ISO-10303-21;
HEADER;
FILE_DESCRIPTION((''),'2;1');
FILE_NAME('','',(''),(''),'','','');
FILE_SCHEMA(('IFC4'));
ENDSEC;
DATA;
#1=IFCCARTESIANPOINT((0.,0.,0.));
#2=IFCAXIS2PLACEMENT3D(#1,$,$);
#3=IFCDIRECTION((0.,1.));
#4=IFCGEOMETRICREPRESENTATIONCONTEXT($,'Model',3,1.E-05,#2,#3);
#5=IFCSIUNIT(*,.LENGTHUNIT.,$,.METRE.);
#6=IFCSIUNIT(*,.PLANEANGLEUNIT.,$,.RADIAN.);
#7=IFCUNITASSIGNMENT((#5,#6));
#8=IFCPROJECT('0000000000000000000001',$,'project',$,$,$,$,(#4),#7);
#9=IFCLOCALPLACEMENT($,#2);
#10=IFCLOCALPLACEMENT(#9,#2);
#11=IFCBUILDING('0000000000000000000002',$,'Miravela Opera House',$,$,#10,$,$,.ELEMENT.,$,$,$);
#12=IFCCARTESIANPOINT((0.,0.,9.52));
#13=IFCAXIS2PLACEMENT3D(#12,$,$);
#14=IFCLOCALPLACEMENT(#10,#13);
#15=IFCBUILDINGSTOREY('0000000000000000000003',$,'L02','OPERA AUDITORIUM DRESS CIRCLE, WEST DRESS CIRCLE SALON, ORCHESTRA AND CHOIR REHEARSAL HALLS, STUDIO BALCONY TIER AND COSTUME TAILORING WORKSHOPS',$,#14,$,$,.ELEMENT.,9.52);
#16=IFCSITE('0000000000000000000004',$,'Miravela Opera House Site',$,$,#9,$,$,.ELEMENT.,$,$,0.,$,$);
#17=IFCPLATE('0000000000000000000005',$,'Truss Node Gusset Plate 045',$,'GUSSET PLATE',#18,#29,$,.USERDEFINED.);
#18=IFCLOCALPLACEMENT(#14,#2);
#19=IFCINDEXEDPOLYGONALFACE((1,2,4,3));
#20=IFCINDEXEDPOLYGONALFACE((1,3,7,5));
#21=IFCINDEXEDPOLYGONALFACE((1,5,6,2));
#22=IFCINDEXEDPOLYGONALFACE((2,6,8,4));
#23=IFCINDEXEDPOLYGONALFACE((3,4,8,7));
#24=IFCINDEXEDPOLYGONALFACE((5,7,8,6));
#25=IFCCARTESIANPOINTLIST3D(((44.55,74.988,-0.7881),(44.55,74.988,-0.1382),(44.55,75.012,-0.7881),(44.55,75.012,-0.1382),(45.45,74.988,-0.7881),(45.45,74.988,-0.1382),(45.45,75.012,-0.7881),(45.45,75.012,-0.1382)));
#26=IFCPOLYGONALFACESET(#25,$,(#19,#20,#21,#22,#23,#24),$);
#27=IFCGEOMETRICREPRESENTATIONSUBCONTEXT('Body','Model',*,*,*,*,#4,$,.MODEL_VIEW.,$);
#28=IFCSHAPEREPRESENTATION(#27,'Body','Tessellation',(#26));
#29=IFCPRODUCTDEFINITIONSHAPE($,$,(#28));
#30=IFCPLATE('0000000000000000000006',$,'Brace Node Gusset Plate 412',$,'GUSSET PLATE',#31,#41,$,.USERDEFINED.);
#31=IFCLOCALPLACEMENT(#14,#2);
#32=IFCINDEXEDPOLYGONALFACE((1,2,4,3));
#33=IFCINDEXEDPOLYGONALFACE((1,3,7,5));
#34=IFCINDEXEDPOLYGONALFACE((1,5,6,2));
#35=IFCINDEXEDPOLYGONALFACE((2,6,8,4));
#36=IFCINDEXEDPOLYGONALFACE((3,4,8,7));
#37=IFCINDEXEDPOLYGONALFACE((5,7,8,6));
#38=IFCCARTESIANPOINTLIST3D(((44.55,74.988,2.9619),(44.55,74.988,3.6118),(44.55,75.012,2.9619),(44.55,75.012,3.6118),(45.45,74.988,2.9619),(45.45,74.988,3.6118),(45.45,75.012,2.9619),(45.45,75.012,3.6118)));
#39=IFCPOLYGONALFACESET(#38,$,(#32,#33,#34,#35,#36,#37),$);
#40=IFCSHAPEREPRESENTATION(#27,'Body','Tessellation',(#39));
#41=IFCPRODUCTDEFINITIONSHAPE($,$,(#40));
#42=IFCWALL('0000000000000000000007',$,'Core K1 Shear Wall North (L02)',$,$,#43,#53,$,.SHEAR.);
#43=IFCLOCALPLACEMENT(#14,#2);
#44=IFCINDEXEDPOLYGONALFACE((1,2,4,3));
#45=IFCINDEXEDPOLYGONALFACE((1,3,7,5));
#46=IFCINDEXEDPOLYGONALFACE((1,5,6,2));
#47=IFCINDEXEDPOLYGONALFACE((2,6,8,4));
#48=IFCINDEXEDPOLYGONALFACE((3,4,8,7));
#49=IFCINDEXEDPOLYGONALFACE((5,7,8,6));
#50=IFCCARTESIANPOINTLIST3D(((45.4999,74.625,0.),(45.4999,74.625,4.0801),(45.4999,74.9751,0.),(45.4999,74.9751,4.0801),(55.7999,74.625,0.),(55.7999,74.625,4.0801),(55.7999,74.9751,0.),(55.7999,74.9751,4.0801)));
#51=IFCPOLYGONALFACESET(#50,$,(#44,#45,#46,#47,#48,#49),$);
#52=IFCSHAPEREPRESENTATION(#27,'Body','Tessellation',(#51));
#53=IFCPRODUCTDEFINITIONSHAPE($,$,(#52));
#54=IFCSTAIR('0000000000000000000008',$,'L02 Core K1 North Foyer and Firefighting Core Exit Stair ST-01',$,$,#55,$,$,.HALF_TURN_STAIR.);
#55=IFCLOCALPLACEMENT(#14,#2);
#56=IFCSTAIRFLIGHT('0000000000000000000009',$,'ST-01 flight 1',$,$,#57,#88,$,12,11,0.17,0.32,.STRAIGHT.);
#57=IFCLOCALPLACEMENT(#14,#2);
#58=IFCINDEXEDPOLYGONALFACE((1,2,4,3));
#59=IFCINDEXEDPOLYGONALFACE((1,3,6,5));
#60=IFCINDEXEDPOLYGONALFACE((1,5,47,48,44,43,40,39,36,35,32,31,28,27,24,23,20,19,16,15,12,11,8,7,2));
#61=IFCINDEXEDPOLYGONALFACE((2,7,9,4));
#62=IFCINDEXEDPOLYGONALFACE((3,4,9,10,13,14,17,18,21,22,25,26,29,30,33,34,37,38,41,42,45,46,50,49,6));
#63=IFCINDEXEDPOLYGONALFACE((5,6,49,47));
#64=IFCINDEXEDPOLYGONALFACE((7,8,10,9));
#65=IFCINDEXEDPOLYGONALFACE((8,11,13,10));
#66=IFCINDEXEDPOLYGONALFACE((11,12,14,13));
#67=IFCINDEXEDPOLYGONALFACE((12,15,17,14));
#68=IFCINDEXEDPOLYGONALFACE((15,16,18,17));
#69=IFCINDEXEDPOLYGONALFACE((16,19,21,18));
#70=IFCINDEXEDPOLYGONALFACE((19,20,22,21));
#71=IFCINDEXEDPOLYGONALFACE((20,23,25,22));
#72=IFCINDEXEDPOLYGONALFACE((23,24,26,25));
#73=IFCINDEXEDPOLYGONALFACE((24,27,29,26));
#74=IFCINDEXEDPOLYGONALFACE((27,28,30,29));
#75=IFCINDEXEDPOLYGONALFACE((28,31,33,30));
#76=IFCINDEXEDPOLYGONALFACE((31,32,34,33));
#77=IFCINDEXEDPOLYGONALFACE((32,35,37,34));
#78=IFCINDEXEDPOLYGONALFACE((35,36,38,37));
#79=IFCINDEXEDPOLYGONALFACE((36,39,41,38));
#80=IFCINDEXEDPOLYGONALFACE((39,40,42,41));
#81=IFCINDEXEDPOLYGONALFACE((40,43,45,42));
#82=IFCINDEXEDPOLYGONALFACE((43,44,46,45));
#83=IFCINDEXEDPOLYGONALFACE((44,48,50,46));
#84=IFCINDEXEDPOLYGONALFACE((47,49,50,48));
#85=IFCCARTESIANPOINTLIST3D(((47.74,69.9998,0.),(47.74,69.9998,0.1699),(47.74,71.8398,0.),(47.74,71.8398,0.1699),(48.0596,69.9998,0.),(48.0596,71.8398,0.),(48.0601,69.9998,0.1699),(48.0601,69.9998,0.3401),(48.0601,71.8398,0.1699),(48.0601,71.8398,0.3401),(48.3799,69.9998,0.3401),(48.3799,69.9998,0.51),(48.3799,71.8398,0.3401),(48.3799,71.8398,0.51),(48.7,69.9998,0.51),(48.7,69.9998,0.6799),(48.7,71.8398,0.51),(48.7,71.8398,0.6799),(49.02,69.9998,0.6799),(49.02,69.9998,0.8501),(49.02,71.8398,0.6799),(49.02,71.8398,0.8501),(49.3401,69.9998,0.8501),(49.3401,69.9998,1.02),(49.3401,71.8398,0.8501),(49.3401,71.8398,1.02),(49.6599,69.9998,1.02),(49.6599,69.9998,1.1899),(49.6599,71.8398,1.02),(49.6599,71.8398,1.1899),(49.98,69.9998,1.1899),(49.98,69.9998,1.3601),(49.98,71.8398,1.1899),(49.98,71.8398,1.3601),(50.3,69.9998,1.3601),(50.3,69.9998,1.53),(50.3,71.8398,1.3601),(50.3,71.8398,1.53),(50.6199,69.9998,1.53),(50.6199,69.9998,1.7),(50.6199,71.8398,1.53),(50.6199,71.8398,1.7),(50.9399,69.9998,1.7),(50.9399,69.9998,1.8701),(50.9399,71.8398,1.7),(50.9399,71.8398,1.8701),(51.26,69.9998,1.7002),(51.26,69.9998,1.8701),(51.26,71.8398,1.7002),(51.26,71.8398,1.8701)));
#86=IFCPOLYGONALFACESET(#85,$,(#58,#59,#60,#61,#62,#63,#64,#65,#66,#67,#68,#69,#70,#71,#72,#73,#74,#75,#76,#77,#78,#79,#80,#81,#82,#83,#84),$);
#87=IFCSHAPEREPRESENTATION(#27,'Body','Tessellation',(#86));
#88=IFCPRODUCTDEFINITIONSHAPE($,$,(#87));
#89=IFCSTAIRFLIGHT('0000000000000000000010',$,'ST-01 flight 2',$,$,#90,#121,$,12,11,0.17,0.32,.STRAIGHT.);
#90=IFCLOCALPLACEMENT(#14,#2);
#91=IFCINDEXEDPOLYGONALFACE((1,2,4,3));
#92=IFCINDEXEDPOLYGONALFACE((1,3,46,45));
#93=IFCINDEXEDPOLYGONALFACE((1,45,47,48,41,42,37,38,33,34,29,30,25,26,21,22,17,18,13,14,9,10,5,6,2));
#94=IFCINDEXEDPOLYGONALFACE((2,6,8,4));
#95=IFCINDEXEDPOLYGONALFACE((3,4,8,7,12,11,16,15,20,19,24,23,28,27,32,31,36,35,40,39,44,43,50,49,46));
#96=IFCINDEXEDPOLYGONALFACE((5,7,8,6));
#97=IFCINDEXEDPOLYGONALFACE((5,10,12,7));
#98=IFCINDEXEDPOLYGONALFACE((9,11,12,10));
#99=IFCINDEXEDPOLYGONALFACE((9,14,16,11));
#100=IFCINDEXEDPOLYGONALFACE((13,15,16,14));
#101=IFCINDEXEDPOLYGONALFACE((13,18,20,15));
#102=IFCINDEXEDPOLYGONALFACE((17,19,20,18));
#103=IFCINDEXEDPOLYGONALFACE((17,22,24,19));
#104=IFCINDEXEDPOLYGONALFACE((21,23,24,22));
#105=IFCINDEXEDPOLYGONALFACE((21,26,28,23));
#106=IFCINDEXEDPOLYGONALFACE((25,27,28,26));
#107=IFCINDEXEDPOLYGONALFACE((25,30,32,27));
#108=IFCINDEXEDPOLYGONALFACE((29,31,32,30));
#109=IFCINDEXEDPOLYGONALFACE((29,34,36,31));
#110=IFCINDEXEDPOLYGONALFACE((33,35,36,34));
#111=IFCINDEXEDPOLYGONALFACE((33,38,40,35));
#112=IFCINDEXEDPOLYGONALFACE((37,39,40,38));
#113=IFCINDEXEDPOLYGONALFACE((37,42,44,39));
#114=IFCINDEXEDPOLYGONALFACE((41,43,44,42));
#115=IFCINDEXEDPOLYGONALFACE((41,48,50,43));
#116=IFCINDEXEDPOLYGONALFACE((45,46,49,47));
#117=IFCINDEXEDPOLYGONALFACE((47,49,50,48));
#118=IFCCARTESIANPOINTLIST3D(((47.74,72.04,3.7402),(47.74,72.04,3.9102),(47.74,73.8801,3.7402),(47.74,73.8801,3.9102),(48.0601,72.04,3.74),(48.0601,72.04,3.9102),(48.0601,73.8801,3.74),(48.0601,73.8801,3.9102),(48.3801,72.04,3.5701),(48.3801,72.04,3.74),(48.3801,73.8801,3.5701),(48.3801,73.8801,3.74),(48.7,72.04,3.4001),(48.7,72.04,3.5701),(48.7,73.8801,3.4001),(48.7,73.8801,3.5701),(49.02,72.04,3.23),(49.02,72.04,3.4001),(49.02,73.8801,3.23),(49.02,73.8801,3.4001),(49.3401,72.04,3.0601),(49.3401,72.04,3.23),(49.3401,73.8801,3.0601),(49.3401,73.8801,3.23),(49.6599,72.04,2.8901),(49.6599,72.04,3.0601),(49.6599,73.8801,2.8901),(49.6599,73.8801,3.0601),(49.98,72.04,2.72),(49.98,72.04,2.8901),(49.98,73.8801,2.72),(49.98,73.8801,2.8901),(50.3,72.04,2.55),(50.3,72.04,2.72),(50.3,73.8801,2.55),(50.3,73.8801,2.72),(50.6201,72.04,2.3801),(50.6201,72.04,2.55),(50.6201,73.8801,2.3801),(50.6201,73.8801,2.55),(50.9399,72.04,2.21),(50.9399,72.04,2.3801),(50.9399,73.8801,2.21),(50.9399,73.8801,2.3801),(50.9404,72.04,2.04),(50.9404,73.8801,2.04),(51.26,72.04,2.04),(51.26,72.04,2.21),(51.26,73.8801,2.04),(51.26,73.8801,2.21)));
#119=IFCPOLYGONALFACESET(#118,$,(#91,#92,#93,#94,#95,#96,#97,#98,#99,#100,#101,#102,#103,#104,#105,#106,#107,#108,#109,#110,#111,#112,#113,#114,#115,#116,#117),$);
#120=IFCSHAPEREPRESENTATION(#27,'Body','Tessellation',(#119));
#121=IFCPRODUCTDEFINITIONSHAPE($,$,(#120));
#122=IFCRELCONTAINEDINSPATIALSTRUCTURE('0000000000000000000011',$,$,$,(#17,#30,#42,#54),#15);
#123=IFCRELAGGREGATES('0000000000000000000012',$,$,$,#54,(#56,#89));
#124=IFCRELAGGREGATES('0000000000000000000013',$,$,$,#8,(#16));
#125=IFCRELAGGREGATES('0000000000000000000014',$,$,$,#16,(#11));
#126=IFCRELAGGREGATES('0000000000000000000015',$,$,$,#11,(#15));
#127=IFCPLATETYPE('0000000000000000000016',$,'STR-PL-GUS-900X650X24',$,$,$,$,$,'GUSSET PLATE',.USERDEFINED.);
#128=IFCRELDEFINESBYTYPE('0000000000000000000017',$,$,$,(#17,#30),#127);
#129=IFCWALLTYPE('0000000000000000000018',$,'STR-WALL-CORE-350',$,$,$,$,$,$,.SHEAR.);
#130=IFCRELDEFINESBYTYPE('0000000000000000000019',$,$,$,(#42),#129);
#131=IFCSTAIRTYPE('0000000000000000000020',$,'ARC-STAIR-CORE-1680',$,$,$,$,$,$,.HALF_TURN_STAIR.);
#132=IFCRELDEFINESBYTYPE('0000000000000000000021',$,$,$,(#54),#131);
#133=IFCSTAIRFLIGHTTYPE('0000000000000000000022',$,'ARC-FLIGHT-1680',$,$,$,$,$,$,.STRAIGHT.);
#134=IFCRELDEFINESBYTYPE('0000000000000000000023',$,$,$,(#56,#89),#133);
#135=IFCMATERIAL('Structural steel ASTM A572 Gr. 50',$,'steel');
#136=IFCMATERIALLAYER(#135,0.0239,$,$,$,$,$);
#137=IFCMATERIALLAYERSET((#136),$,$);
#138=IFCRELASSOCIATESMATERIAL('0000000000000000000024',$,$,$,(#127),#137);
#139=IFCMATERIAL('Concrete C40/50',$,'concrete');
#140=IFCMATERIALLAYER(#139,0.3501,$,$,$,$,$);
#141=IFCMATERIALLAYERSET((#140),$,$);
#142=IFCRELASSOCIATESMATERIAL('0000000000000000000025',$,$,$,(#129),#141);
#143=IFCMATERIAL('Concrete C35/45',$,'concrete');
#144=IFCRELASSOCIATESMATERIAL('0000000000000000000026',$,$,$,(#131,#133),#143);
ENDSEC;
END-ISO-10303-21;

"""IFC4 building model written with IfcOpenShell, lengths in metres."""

from ifc_helpers import new_model, si_unit, direction, frame, frame_2d, origin, origin_2d, place, context, subcontext, project, spatial, polyline, rectangle, outline, extrude, material, layer, layer_set, type_object, element, aggregate, save


model = new_model("IFC4")

# Units and contexts
model_context = context("Model", 3, precision=1e-05, world=origin(), true_north=direction((0.0, 1.0)))
body_context = subcontext(model_context, "Body", "Model", "MODEL_VIEW")
ifc_project = project(units=[si_unit("LENGTHUNIT", "METRE"), si_unit("PLANEANGLEUNIT", "RADIAN")], contexts=[model_context])

# Site, building, storey
site_placement = place(None, origin())
site = spatial("IfcSite", under=ifc_project, at=site_placement, Name="Miravela Opera House Site", CompositionType="ELEMENT", RefElevation=0.0)
building_placement = place(site_placement, origin())
building = spatial("IfcBuilding", under=site, at=building_placement, Name="Miravela Opera House", CompositionType="ELEMENT")
storey_placement = place(building_placement, frame((0.0, 0.0, 9.52)))
storey = spatial("IfcBuildingStorey", under=building, at=storey_placement, Name="L02", Description="OPERA AUDITORIUM DRESS CIRCLE, WEST DRESS CIRCLE SALON, ORCHESTRA AND CHOIR REHEARSAL HALLS, STUDIO BALCONY TIER AND COSTUME TAILORING WORKSHOPS", CompositionType="ELEMENT", Elevation=9.52)

# Shared definitions
ifc_material_1 = material(Name="Concrete C35/45", Category="concrete")

# Shared definitions
ifc_material_2 = material(Name="Concrete C40/50", Category="concrete")

# Plates
ifc_material_3 = material(Name="Structural steel ASTM A572 Gr. 50", Category="steel")
ifc_layer_1 = layer(ifc_material_3, 0.0239)
ifc_layer_set_1 = layer_set([ifc_layer_1])
plate_type = type_object("IfcPlateType", Name="STR-PL-GUS-900X650X24", ElementType="GUSSET PLATE", PredefinedType="USERDEFINED", material=ifc_layer_set_1)
for number, where, z_axis, x_axis, name in (
    (1, (45.0, 75.0, -0.7881), (0.0, 0.0, 1.0), (1.0, 0.0, 0.0), "Truss Node Gusset Plate 045"),
    (2, (45.0, 75.0, 2.9619), (0.0, 0.0, 1.0), (1.0, 0.0, 0.0), "Brace Node Gusset Plate 412"),
):
    element("IfcPlate", number, at=place(storey_placement, frame(where, z_axis=z_axis, x_axis=x_axis)), inside=storey, type_object=plate_type, Name=name, ObjectType="GUSSET PLATE", PredefinedType="USERDEFINED", context=body_context, shape_type="SweptSolid", body=[
        extrude(rectangle(XDim=0.8999, YDim=0.0239, at=origin_2d()), origin(), (0.0, 0.0, 1.0), 0.6499),
    ])

# Wall
ifc_layer_2 = layer(ifc_material_2, 0.3501)
ifc_layer_set_2 = layer_set([ifc_layer_2])
wall_type = type_object("IfcWallType", Name="STR-WALL-CORE-350", PredefinedType="SHEAR", material=ifc_layer_set_2)
wall_placement = place(storey_placement, frame((45.5, 74.8, 0.0), z_axis=(0.0, 0.0, 1.0), x_axis=(1.0, 0.0, 0.0)))
element("IfcWall", 3, at=wall_placement, inside=storey, type_object=wall_type, Name="Core K1 Shear Wall North (L02)", PredefinedType="SHEAR", context=body_context, shape_type="SweptSolid", body=[
    extrude(rectangle(XDim=10.3, YDim=0.3501, at=frame_2d((5.1499, 0.0))), origin(), (0.0, 0.0, 1.0), 4.0801),
])

# Stair, stair flights
stair_type = type_object("IfcStairType", Name="ARC-STAIR-CORE-1680", PredefinedType="HALF_TURN_STAIR", material=ifc_material_1)
stair_placement = place(storey_placement, origin())
stair = element("IfcStair", 4, at=stair_placement, inside=storey, type_object=stair_type, Name="L02 Core K1 North Foyer and Firefighting Core Exit Stair ST-01", PredefinedType="HALF_TURN_STAIR")
stair_flight_type = type_object("IfcStairFlightType", Name="ARC-FLIGHT-1680", PredefinedType="STRAIGHT", material=ifc_material_1)
stair_flight_1_placement = place(storey_placement, frame((47.74, 70.9199, 0.0), z_axis=(0.0, 0.0, 1.0), x_axis=(1.0, 0.0, 0.0)))
stair_flight_1 = element("IfcStairFlight", 5, at=stair_flight_1_placement, type_object=stair_flight_type, Name="ST-01 flight 1", NumberOfRisers=12, NumberOfTreads=11, PredefinedType="STRAIGHT", RiserHeight=0.17, TreadLength=0.32, context=body_context, shape_type="SweptSolid", body=[
    extrude(outline(polyline([(0.0, 0.0), (0.0, 0.1699), (0.3201, 0.1699), (0.3201, 0.3401), (0.6399, 0.3401), (0.6399, 0.51), (0.96, 0.51), (0.96, 0.6799), (1.28, 0.6799), (1.28, 0.8501), (1.6001, 0.8501), (1.6001, 1.02), (1.9199, 1.02), (1.9199, 1.1899), (2.24, 1.1899), (2.24, 1.3601), (2.5601, 1.3601), (2.5601, 1.53), (2.8799, 1.53), (2.8799, 1.7), (3.2, 1.7), (3.2, 1.8701), (3.52, 1.8701), (3.52, 2.04), (3.52, 1.7002), (0.3196, 0.0), (0.0, 0.0)])), frame((0.0, 0.9199, 0.0), z_axis=(0.0, -1.0, 0.0), x_axis=(1.0, 0.0, 0.0)), (0.0, 0.0, 1.0), 1.8401),
])
stair_flight_2_placement = place(storey_placement, frame((51.26, 72.96, 2.04), z_axis=(0.0, 0.0, 1.0), x_axis=(-1.0, 0.0, 0.0)))
stair_flight_2 = element("IfcStairFlight", 6, at=stair_flight_2_placement, type_object=stair_flight_type, Name="ST-01 flight 2", NumberOfRisers=12, NumberOfTreads=11, PredefinedType="STRAIGHT", RiserHeight=0.17, TreadLength=0.32, context=body_context, shape_type="SweptSolid", body=[
    extrude(outline(polyline([(0.0, 0.0), (0.0, 0.1699), (0.3201, 0.1699), (0.3201, 0.3401), (0.6399, 0.3401), (0.6399, 0.51), (0.96, 0.51), (0.96, 0.6799), (1.28, 0.6799), (1.28, 0.8501), (1.6001, 0.8501), (1.6001, 1.02), (1.9199, 1.02), (1.9199, 1.1899), (2.24, 1.1899), (2.24, 1.3601), (2.5601, 1.3601), (2.5601, 1.53), (2.8799, 1.53), (2.8799, 1.7), (3.2, 1.7), (3.2, 1.8701), (3.52, 1.8701), (3.52, 2.04), (3.52, 1.7002), (0.3196, 0.0), (0.0, 0.0)])), frame((0.0, 0.9199, 0.0), z_axis=(0.0, -1.0, 0.0), x_axis=(1.0, 0.0, 0.0)), (0.0, 0.0, 1.0), 1.8401),
])
aggregate(stair, [stair_flight_1, stair_flight_2])

save(model, "model.ifc")
